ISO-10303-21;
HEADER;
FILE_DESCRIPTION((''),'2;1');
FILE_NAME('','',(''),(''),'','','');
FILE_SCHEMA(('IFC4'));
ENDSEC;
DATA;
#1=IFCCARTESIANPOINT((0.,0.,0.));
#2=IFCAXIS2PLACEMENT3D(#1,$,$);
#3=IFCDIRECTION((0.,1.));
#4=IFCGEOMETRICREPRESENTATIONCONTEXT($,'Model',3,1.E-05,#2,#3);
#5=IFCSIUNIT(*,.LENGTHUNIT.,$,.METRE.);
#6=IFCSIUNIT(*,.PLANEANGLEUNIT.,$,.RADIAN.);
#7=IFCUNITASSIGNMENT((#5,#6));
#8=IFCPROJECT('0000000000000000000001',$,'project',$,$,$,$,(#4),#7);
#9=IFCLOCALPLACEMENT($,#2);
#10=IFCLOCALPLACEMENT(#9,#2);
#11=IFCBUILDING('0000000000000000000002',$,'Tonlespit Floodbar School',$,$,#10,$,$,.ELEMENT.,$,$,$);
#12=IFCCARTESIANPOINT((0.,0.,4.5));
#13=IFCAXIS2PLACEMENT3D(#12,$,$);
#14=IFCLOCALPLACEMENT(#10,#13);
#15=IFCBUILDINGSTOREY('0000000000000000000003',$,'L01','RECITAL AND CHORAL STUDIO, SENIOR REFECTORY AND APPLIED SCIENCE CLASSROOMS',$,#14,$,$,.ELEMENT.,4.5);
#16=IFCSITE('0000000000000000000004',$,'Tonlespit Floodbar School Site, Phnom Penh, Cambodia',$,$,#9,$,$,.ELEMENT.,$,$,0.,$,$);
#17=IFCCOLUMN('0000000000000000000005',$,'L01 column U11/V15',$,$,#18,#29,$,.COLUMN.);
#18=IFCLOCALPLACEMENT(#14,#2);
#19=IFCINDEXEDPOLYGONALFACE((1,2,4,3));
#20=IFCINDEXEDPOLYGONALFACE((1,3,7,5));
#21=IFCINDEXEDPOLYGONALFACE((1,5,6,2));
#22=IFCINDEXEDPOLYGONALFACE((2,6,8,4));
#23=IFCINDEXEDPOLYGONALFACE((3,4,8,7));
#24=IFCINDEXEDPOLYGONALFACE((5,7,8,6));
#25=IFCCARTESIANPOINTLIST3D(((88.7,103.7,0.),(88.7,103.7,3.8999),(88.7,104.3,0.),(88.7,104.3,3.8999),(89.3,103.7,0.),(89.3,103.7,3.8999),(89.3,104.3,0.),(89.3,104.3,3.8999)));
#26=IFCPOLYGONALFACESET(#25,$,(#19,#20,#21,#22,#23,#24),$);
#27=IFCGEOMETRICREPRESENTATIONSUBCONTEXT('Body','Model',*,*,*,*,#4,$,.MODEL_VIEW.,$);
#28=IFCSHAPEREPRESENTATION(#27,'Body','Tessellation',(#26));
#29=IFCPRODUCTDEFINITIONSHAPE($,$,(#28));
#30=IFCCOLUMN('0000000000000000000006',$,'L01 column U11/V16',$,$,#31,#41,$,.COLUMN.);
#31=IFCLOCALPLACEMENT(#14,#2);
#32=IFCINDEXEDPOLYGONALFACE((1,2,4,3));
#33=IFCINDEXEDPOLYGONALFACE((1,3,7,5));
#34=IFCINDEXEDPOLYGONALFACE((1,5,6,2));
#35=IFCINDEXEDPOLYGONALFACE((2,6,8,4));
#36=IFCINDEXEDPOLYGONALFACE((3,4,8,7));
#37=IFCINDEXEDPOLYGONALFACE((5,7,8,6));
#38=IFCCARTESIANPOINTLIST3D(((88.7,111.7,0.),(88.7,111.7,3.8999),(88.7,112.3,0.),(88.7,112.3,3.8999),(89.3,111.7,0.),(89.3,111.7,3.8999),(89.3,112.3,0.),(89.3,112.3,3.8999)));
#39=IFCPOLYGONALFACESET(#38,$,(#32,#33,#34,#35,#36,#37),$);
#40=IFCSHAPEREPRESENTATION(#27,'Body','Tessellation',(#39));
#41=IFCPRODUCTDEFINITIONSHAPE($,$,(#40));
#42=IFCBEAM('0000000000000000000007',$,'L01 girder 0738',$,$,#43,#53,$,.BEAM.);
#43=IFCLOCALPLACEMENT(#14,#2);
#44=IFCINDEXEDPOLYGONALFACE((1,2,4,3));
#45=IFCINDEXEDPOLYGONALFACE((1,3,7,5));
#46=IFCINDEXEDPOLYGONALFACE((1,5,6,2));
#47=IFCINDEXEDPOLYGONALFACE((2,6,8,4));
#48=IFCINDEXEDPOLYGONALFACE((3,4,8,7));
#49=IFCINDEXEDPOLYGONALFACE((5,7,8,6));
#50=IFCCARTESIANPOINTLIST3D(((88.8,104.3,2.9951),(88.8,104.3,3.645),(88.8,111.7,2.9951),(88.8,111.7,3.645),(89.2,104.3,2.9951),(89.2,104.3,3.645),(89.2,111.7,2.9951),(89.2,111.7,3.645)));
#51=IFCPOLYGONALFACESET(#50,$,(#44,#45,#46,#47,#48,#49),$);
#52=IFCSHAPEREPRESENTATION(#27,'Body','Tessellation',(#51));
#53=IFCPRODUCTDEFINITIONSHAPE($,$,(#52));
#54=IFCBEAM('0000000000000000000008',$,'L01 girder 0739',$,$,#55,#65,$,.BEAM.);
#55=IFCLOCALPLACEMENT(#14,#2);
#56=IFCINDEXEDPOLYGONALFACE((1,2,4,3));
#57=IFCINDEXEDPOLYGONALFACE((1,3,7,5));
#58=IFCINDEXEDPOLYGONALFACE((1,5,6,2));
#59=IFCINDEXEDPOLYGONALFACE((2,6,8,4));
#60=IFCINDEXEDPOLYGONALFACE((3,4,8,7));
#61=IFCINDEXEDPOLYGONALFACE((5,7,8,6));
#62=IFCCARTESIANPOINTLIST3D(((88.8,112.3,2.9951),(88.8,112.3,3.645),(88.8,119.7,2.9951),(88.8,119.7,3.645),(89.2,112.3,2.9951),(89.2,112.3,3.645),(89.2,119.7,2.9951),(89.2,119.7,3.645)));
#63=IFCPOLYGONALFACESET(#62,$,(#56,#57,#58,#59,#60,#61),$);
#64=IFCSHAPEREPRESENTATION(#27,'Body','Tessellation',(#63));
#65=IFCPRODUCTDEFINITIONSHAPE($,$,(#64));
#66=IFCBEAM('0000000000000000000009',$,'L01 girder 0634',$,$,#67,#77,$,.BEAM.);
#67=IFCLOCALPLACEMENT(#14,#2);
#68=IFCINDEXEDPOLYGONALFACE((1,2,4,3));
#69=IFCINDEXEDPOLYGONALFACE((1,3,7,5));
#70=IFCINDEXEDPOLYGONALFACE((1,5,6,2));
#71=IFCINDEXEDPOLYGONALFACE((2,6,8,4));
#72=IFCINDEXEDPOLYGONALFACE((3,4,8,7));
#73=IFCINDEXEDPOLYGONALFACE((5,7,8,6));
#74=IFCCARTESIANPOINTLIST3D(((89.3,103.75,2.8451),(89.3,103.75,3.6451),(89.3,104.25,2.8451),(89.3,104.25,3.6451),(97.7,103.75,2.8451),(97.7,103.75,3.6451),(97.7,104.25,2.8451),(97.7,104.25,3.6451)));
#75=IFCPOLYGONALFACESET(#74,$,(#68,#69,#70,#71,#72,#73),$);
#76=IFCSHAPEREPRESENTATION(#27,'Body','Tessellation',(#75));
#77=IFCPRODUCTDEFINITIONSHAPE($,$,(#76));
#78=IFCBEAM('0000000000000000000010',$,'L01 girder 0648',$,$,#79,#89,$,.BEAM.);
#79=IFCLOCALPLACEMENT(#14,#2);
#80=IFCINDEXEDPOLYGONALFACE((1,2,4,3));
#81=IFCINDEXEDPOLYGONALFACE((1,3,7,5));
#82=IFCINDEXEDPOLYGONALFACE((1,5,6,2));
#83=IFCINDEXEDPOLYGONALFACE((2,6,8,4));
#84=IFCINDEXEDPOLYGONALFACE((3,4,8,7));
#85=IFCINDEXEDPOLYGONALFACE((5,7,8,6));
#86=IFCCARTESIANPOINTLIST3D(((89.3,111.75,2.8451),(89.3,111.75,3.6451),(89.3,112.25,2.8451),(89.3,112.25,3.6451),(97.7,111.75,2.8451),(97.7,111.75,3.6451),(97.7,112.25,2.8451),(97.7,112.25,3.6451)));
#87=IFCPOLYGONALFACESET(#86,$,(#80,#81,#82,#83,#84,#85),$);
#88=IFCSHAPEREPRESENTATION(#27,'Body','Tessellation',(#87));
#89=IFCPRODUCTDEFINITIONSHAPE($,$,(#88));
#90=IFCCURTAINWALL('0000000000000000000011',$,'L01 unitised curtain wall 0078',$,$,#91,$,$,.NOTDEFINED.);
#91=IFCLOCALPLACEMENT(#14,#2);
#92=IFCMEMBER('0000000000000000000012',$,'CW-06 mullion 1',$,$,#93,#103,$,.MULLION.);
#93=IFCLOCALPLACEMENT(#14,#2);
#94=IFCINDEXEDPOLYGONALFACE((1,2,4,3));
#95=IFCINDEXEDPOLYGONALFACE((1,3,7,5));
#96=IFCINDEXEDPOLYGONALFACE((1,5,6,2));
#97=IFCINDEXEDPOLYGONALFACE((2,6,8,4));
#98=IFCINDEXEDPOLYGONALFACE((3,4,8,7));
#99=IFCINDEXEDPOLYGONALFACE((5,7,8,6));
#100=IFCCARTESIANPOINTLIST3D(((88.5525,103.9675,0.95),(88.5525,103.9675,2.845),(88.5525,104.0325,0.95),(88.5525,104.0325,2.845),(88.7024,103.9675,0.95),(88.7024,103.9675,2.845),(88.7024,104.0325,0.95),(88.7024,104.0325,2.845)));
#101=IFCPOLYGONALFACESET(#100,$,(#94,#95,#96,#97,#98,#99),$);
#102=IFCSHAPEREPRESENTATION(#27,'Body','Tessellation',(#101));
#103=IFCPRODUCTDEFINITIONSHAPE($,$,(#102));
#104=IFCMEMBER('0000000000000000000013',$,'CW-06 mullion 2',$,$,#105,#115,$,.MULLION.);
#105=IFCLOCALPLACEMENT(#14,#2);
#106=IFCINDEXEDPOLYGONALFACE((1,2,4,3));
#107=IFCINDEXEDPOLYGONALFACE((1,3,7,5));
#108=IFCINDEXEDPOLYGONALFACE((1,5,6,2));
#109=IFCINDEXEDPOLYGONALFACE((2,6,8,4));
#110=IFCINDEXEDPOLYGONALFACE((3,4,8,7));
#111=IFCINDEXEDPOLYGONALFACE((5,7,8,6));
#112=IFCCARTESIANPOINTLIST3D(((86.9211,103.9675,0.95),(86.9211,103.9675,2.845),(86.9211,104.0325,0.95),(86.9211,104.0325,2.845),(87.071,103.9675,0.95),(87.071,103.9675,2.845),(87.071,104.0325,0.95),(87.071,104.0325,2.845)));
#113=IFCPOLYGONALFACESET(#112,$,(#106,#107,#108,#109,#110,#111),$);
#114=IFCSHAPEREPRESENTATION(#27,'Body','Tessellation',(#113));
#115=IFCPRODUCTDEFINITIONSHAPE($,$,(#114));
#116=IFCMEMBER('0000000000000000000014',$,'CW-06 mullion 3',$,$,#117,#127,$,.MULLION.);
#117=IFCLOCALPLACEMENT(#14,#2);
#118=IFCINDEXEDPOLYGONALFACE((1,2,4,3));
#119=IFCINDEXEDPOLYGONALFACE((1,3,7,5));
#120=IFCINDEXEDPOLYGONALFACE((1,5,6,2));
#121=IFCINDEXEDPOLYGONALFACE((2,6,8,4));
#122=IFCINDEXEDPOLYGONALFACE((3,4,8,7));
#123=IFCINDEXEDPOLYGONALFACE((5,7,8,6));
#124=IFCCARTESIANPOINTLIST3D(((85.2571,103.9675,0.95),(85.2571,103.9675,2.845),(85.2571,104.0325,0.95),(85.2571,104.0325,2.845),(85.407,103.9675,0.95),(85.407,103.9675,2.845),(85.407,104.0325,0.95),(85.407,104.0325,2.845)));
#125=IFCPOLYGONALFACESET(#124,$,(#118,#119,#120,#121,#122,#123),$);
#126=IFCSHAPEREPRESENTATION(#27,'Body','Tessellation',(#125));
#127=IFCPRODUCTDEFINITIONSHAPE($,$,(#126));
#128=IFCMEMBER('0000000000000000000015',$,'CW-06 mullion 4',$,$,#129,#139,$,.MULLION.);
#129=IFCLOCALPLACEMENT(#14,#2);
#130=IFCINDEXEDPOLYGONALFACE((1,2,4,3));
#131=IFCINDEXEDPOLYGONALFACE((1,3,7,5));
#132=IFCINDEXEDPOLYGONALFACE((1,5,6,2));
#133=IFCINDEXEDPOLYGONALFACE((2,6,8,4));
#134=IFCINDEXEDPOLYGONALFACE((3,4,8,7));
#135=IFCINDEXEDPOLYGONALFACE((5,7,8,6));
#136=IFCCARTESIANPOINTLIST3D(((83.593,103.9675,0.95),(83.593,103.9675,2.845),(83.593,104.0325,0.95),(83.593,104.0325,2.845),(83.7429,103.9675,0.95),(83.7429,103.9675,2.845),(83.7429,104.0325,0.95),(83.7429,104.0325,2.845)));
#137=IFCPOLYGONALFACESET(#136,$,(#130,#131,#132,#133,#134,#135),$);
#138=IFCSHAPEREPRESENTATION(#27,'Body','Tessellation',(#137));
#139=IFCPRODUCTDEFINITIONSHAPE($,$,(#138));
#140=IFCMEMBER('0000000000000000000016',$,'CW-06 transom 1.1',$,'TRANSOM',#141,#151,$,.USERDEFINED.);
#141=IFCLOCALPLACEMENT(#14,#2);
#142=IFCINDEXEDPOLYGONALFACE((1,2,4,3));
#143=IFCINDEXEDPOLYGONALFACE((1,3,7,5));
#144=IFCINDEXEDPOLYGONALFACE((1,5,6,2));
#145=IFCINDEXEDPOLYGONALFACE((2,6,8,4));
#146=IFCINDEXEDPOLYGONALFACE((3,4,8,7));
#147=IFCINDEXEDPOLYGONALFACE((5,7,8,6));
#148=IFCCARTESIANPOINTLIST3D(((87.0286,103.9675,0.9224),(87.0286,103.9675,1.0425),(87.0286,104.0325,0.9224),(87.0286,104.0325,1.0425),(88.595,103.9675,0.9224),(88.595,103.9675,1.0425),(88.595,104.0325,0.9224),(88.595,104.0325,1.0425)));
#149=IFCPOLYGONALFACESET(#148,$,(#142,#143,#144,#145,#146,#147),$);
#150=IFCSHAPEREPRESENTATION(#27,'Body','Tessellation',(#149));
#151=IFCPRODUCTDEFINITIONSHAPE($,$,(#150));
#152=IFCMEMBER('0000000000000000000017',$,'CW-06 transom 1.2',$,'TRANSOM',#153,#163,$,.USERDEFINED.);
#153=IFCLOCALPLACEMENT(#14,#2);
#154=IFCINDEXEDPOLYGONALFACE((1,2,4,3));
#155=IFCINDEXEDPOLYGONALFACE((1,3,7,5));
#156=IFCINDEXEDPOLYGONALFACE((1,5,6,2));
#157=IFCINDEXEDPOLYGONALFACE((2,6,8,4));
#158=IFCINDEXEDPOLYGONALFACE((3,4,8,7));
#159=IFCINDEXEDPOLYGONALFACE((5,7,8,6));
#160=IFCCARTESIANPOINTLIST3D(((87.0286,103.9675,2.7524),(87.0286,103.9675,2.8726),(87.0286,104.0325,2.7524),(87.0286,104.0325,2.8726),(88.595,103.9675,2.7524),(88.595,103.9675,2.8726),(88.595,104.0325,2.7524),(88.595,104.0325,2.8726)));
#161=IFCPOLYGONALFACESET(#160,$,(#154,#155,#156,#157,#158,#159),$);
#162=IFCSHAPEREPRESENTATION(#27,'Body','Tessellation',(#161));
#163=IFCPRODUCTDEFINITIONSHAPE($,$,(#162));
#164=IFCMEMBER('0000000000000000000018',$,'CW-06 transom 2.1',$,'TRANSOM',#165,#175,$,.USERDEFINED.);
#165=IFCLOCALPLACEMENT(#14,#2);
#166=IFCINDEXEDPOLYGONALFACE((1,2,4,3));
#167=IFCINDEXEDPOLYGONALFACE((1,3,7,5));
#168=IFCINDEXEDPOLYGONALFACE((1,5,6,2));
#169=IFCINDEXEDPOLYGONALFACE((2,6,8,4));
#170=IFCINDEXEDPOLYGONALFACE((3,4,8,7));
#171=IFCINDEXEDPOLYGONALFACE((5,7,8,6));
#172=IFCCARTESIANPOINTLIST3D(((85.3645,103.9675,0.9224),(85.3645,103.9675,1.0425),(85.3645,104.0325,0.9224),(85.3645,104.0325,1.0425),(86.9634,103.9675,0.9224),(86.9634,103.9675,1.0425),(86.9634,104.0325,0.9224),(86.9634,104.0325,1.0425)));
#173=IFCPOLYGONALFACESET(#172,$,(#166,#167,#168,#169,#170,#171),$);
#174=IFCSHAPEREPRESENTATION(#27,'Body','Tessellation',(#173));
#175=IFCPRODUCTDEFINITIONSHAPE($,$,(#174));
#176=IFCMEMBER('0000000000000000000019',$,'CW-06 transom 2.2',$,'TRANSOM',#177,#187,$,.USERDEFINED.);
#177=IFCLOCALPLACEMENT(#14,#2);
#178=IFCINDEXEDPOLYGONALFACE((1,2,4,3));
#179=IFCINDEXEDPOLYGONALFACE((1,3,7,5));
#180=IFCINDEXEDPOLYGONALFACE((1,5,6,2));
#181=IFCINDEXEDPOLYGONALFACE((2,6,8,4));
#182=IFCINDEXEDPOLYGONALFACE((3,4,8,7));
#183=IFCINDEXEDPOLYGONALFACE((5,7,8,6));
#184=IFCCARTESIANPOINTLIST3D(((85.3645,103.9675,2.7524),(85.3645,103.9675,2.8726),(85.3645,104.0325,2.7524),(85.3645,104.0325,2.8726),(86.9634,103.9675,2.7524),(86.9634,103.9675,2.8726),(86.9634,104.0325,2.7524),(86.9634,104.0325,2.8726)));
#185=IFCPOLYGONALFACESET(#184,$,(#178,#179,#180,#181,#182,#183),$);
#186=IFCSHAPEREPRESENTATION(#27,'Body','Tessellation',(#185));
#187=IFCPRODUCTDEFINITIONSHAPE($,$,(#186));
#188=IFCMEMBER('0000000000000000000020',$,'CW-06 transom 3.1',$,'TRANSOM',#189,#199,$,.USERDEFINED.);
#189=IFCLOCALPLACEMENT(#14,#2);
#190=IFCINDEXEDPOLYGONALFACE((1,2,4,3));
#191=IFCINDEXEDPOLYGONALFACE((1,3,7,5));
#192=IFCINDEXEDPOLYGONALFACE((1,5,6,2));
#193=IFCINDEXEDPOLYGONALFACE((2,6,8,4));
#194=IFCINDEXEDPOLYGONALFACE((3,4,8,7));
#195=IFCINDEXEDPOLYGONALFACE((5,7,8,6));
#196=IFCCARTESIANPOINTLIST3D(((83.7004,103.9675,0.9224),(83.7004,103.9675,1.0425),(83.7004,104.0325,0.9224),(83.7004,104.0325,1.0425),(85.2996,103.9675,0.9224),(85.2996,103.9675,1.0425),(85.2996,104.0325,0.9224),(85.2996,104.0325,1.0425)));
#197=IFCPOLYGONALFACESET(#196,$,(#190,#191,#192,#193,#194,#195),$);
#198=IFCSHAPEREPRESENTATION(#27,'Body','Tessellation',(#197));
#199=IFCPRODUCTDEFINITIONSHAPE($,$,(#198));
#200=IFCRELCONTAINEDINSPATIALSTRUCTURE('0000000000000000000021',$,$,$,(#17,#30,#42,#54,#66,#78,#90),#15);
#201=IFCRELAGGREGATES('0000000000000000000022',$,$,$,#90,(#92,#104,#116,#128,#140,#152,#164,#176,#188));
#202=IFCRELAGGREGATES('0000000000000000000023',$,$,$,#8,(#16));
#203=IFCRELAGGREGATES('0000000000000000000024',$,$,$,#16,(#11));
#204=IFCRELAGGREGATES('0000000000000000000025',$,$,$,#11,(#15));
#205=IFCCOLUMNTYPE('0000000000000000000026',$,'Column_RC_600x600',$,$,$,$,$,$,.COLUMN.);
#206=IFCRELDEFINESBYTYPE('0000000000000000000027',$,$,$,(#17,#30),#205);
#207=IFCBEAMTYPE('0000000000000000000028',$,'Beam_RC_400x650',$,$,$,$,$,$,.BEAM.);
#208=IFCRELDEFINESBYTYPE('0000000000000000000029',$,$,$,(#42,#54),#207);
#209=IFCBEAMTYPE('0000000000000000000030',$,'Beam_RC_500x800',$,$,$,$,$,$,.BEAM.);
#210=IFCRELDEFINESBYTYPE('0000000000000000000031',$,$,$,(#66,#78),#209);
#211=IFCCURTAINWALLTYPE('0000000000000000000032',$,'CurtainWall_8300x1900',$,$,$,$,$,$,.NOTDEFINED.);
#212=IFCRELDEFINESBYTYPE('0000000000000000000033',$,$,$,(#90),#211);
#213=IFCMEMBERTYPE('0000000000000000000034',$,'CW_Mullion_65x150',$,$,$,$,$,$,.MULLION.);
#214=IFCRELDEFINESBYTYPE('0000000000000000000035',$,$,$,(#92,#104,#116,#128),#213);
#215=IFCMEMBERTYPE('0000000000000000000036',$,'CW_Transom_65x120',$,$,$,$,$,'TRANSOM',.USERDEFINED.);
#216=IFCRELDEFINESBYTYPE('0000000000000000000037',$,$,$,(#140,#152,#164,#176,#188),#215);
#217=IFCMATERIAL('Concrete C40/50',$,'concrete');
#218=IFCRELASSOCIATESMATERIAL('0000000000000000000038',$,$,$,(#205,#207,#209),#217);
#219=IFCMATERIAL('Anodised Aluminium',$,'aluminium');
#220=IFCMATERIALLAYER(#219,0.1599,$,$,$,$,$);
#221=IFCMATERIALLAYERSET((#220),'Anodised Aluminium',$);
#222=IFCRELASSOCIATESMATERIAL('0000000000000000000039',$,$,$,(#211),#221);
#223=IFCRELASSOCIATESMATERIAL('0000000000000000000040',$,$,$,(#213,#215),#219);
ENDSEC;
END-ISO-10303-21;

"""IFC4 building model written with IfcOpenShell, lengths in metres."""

from ifc_helpers import new_model, si_unit, direction, frame, origin, origin_2d, place, context, subcontext, project, spatial, rectangle, extrude, material, layer, layer_set, material_profile, profile_set, type_object, element, aggregate, save


model = new_model("IFC4")

# Units and contexts
model_context = context("Model", 3, precision=1e-05, world=origin(), true_north=direction((0.0, 1.0)))
body_context = subcontext(model_context, "Body", "Model", "MODEL_VIEW")
ifc_project = project(units=[si_unit("LENGTHUNIT", "METRE"), si_unit("PLANEANGLEUNIT", "RADIAN")], contexts=[model_context])

# Site, building, storey
site_placement = place(None, origin())
site = spatial("IfcSite", under=ifc_project, at=site_placement, Name="Tonlespit Floodbar School Site, Phnom Penh, Cambodia", CompositionType="ELEMENT", RefElevation=0.0)
building_placement = place(site_placement, origin())
building = spatial("IfcBuilding", under=site, at=building_placement, Name="Tonlespit Floodbar School", CompositionType="ELEMENT")
storey_placement = place(building_placement, frame((0.0, 0.0, 4.5)))
storey = spatial("IfcBuildingStorey", under=building, at=storey_placement, Name="L01", Description="RECITAL AND CHORAL STUDIO, SENIOR REFECTORY AND APPLIED SCIENCE CLASSROOMS", CompositionType="ELEMENT", Elevation=4.5)

# Columns
ifc_material_1 = material(Name="Concrete C40/50", Category="concrete")
ifc_material_profile_1 = material_profile(ifc_material_1, rectangle(XDim=0.6001, YDim=0.6001, at=origin_2d()), Name="RC 600x600")
ifc_profile_set_1 = profile_set([ifc_material_profile_1], Name="Concrete C40/50")
column_type = type_object("IfcColumnType", Name="Column_RC_600x600", PredefinedType="COLUMN", material=ifc_profile_set_1)
for number, where, z_axis, x_axis, name in (
    (1, (89.0, 104.0, 0.0), (0.0, 0.0, 1.0), (1.0, 0.0, 0.0), "L01 column U11/V15"),
    (2, (89.0, 112.0, 0.0), (0.0, 0.0, 1.0), (1.0, 0.0, 0.0), "L01 column U11/V16"),
):
    element("IfcColumn", number, at=place(storey_placement, frame(where, z_axis=z_axis, x_axis=x_axis)), inside=storey, type_object=column_type, Name=name, PredefinedType="COLUMN", context=body_context, shape_type="SweptSolid", body=[
        extrude(rectangle(XDim=0.6001, YDim=0.6001, at=origin_2d()), origin(), (0.0, 0.0, 1.0), 3.8999),
    ])

# Beams
ifc_material_profile_2 = material_profile(ifc_material_1, rectangle(XDim=0.3999, YDim=0.6499, at=origin_2d()), Name="RC 400x650")
ifc_profile_set_2 = profile_set([ifc_material_profile_2], Name="Concrete C40/50")
beam_type_1 = type_object("IfcBeamType", Name="Beam_RC_400x650", PredefinedType="BEAM", material=ifc_profile_set_2)
for number, where, z_axis, x_axis, name in (
    (3, (89.0, 104.3, 3.3201), (0.0, 1.0, 0.0), (-1.0, 0.0, 0.0), "L01 girder 0738"),
    (4, (89.0, 112.3, 3.3201), (0.0, 1.0, 0.0), (-1.0, 0.0, 0.0), "L01 girder 0739"),
):
    element("IfcBeam", number, at=place(storey_placement, frame(where, z_axis=z_axis, x_axis=x_axis)), inside=storey, type_object=beam_type_1, Name=name, PredefinedType="BEAM", context=body_context, shape_type="SweptSolid", body=[
        extrude(rectangle(XDim=0.3999, YDim=0.6499, at=origin_2d()), origin(), (0.0, 0.0, 1.0), 7.3999),
    ])
ifc_material_profile_3 = material_profile(ifc_material_1, rectangle(XDim=0.5, YDim=0.8, at=origin_2d()), Name="RC 500x800")
ifc_profile_set_3 = profile_set([ifc_material_profile_3], Name="Concrete C40/50")
beam_type_2 = type_object("IfcBeamType", Name="Beam_RC_500x800", PredefinedType="BEAM", material=ifc_profile_set_3)
for number, where, z_axis, x_axis, name in (
    (5, (89.3, 104.0, 3.2451), (1.0, 0.0, 0.0), (0.0, 1.0, 0.0), "L01 girder 0634"),
    (6, (89.3, 112.0, 3.2451), (1.0, 0.0, 0.0), (0.0, 1.0, 0.0), "L01 girder 0648"),
):
    element("IfcBeam", number, at=place(storey_placement, frame(where, z_axis=z_axis, x_axis=x_axis)), inside=storey, type_object=beam_type_2, Name=name, PredefinedType="BEAM", context=body_context, shape_type="SweptSolid", body=[
        extrude(rectangle(XDim=0.5, YDim=0.8, at=origin_2d()), origin(), (0.0, 0.0, 1.0), 8.3999),
    ])

# Curtain wall, members
ifc_material_2 = material(Name="Anodised Aluminium", Category="aluminium")
ifc_layer_1 = layer(ifc_material_2, 0.1599)
ifc_layer_set_1 = layer_set([ifc_layer_1], Name="Anodised Aluminium")
curtain_wall_type = type_object("IfcCurtainWallType", Name="CurtainWall_8300x1900", PredefinedType="NOTDEFINED", material=ifc_layer_set_1)
curtain_wall_placement = place(storey_placement, origin())
curtain_wall = element("IfcCurtainWall", 7, at=curtain_wall_placement, inside=storey, type_object=curtain_wall_type, Name="L01 unitised curtain wall 0078", PredefinedType="NOTDEFINED")
ifc_material_profile_4 = material_profile(ifc_material_2, rectangle(XDim=0.0649, YDim=0.1499, at=origin_2d()), Name="ALU M65x150")
ifc_profile_set_4 = profile_set([ifc_material_profile_4], Name="Anodised Aluminium")
member_type_1 = type_object("IfcMemberType", Name="CW_Mullion_65x150", PredefinedType="MULLION", material=ifc_profile_set_4)
member_1_placement = place(storey_placement, frame((88.6274, 104.0, 0.95), z_axis=(0.0, 0.0, 1.0), x_axis=(0.0, -1.0, 0.0)))
member_1 = element("IfcMember", 8, at=member_1_placement, type_object=member_type_1, Name="CW-06 mullion 1", PredefinedType="MULLION", context=body_context, shape_type="SweptSolid", body=[
    extrude(rectangle(XDim=0.0649, YDim=0.1499, at=origin_2d()), origin(), (0.0, 0.0, 1.0), 1.895),
])
member_2_placement = place(storey_placement, frame((86.9961, 104.0, 0.95), z_axis=(0.0, 0.0, 1.0), x_axis=(0.0, -1.0, 0.0)))
member_2 = element("IfcMember", 9, at=member_2_placement, type_object=member_type_1, Name="CW-06 mullion 2", PredefinedType="MULLION", context=body_context, shape_type="SweptSolid", body=[
    extrude(rectangle(XDim=0.0649, YDim=0.1499, at=origin_2d()), origin(), (0.0, 0.0, 1.0), 1.895),
])
member_3_placement = place(storey_placement, frame((85.332, 104.0, 0.95), z_axis=(0.0, 0.0, 1.0), x_axis=(0.0, -1.0, 0.0)))
member_3 = element("IfcMember", 10, at=member_3_placement, type_object=member_type_1, Name="CW-06 mullion 3", PredefinedType="MULLION", context=body_context, shape_type="SweptSolid", body=[
    extrude(rectangle(XDim=0.0649, YDim=0.1499, at=origin_2d()), origin(), (0.0, 0.0, 1.0), 1.895),
])
member_4_placement = place(storey_placement, frame((83.668, 104.0, 0.95), z_axis=(0.0, 0.0, 1.0), x_axis=(0.0, -1.0, 0.0)))
member_4 = element("IfcMember", 11, at=member_4_placement, type_object=member_type_1, Name="CW-06 mullion 4", PredefinedType="MULLION", context=body_context, shape_type="SweptSolid", body=[
    extrude(rectangle(XDim=0.0649, YDim=0.1499, at=origin_2d()), origin(), (0.0, 0.0, 1.0), 1.895),
])
ifc_material_profile_5 = material_profile(ifc_material_2, rectangle(XDim=0.0649, YDim=0.1201, at=origin_2d()), Name="ALU T65x120")
ifc_profile_set_5 = profile_set([ifc_material_profile_5], Name="Anodised Aluminium")
member_type_2 = type_object("IfcMemberType", Name="CW_Transom_65x120", ElementType="TRANSOM", PredefinedType="USERDEFINED", material=ifc_profile_set_5)
member_5_placement = place(storey_placement, frame((88.595, 104.0, 0.9824), z_axis=(-1.0, 0.0, 0.0), x_axis=(0.0, -1.0, 0.0)))
member_5 = element("IfcMember", 12, at=member_5_placement, type_object=member_type_2, Name="CW-06 transom 1.1", ObjectType="TRANSOM", PredefinedType="USERDEFINED", context=body_context, shape_type="SweptSolid", body=[
    extrude(rectangle(XDim=0.0649, YDim=0.1201, at=origin_2d()), origin(), (0.0, 0.0, 1.0), 1.5664),
])
member_6_placement = place(storey_placement, frame((88.595, 104.0, 2.8125), z_axis=(-1.0, 0.0, 0.0), x_axis=(0.0, -1.0, 0.0)))
member_6 = element("IfcMember", 13, at=member_6_placement, type_object=member_type_2, Name="CW-06 transom 1.2", ObjectType="TRANSOM", PredefinedType="USERDEFINED", context=body_context, shape_type="SweptSolid", body=[
    extrude(rectangle(XDim=0.0649, YDim=0.1201, at=origin_2d()), origin(), (0.0, 0.0, 1.0), 1.5664),
])
member_7_placement = place(storey_placement, frame((86.9634, 104.0, 0.9824), z_axis=(-1.0, 0.0, 0.0), x_axis=(0.0, -1.0, 0.0)))
member_7 = element("IfcMember", 14, at=member_7_placement, type_object=member_type_2, Name="CW-06 transom 2.1", ObjectType="TRANSOM", PredefinedType="USERDEFINED", context=body_context, shape_type="SweptSolid", body=[
    extrude(rectangle(XDim=0.0649, YDim=0.1201, at=origin_2d()), origin(), (0.0, 0.0, 1.0), 1.5989),
])
member_8_placement = place(storey_placement, frame((86.9634, 104.0, 2.8125), z_axis=(-1.0, 0.0, 0.0), x_axis=(0.0, -1.0, 0.0)))
member_8 = element("IfcMember", 15, at=member_8_placement, type_object=member_type_2, Name="CW-06 transom 2.2", ObjectType="TRANSOM", PredefinedType="USERDEFINED", context=body_context, shape_type="SweptSolid", body=[
    extrude(rectangle(XDim=0.0649, YDim=0.1201, at=origin_2d()), origin(), (0.0, 0.0, 1.0), 1.5989),
])
member_9_placement = place(storey_placement, frame((85.2996, 104.0, 0.9824), z_axis=(-1.0, 0.0, 0.0), x_axis=(0.0, -1.0, 0.0)))
member_9 = element("IfcMember", 16, at=member_9_placement, type_object=member_type_2, Name="CW-06 transom 3.1", ObjectType="TRANSOM", PredefinedType="USERDEFINED", context=body_context, shape_type="SweptSolid", body=[
    extrude(rectangle(XDim=0.0649, YDim=0.1201, at=origin_2d()), origin(), (0.0, 0.0, 1.0), 1.5991),
])

aggregate(curtain_wall, [member_1, member_2, member_3, member_4, member_5, member_6, member_7, member_8, member_9])

save(model, "model.ifc")
